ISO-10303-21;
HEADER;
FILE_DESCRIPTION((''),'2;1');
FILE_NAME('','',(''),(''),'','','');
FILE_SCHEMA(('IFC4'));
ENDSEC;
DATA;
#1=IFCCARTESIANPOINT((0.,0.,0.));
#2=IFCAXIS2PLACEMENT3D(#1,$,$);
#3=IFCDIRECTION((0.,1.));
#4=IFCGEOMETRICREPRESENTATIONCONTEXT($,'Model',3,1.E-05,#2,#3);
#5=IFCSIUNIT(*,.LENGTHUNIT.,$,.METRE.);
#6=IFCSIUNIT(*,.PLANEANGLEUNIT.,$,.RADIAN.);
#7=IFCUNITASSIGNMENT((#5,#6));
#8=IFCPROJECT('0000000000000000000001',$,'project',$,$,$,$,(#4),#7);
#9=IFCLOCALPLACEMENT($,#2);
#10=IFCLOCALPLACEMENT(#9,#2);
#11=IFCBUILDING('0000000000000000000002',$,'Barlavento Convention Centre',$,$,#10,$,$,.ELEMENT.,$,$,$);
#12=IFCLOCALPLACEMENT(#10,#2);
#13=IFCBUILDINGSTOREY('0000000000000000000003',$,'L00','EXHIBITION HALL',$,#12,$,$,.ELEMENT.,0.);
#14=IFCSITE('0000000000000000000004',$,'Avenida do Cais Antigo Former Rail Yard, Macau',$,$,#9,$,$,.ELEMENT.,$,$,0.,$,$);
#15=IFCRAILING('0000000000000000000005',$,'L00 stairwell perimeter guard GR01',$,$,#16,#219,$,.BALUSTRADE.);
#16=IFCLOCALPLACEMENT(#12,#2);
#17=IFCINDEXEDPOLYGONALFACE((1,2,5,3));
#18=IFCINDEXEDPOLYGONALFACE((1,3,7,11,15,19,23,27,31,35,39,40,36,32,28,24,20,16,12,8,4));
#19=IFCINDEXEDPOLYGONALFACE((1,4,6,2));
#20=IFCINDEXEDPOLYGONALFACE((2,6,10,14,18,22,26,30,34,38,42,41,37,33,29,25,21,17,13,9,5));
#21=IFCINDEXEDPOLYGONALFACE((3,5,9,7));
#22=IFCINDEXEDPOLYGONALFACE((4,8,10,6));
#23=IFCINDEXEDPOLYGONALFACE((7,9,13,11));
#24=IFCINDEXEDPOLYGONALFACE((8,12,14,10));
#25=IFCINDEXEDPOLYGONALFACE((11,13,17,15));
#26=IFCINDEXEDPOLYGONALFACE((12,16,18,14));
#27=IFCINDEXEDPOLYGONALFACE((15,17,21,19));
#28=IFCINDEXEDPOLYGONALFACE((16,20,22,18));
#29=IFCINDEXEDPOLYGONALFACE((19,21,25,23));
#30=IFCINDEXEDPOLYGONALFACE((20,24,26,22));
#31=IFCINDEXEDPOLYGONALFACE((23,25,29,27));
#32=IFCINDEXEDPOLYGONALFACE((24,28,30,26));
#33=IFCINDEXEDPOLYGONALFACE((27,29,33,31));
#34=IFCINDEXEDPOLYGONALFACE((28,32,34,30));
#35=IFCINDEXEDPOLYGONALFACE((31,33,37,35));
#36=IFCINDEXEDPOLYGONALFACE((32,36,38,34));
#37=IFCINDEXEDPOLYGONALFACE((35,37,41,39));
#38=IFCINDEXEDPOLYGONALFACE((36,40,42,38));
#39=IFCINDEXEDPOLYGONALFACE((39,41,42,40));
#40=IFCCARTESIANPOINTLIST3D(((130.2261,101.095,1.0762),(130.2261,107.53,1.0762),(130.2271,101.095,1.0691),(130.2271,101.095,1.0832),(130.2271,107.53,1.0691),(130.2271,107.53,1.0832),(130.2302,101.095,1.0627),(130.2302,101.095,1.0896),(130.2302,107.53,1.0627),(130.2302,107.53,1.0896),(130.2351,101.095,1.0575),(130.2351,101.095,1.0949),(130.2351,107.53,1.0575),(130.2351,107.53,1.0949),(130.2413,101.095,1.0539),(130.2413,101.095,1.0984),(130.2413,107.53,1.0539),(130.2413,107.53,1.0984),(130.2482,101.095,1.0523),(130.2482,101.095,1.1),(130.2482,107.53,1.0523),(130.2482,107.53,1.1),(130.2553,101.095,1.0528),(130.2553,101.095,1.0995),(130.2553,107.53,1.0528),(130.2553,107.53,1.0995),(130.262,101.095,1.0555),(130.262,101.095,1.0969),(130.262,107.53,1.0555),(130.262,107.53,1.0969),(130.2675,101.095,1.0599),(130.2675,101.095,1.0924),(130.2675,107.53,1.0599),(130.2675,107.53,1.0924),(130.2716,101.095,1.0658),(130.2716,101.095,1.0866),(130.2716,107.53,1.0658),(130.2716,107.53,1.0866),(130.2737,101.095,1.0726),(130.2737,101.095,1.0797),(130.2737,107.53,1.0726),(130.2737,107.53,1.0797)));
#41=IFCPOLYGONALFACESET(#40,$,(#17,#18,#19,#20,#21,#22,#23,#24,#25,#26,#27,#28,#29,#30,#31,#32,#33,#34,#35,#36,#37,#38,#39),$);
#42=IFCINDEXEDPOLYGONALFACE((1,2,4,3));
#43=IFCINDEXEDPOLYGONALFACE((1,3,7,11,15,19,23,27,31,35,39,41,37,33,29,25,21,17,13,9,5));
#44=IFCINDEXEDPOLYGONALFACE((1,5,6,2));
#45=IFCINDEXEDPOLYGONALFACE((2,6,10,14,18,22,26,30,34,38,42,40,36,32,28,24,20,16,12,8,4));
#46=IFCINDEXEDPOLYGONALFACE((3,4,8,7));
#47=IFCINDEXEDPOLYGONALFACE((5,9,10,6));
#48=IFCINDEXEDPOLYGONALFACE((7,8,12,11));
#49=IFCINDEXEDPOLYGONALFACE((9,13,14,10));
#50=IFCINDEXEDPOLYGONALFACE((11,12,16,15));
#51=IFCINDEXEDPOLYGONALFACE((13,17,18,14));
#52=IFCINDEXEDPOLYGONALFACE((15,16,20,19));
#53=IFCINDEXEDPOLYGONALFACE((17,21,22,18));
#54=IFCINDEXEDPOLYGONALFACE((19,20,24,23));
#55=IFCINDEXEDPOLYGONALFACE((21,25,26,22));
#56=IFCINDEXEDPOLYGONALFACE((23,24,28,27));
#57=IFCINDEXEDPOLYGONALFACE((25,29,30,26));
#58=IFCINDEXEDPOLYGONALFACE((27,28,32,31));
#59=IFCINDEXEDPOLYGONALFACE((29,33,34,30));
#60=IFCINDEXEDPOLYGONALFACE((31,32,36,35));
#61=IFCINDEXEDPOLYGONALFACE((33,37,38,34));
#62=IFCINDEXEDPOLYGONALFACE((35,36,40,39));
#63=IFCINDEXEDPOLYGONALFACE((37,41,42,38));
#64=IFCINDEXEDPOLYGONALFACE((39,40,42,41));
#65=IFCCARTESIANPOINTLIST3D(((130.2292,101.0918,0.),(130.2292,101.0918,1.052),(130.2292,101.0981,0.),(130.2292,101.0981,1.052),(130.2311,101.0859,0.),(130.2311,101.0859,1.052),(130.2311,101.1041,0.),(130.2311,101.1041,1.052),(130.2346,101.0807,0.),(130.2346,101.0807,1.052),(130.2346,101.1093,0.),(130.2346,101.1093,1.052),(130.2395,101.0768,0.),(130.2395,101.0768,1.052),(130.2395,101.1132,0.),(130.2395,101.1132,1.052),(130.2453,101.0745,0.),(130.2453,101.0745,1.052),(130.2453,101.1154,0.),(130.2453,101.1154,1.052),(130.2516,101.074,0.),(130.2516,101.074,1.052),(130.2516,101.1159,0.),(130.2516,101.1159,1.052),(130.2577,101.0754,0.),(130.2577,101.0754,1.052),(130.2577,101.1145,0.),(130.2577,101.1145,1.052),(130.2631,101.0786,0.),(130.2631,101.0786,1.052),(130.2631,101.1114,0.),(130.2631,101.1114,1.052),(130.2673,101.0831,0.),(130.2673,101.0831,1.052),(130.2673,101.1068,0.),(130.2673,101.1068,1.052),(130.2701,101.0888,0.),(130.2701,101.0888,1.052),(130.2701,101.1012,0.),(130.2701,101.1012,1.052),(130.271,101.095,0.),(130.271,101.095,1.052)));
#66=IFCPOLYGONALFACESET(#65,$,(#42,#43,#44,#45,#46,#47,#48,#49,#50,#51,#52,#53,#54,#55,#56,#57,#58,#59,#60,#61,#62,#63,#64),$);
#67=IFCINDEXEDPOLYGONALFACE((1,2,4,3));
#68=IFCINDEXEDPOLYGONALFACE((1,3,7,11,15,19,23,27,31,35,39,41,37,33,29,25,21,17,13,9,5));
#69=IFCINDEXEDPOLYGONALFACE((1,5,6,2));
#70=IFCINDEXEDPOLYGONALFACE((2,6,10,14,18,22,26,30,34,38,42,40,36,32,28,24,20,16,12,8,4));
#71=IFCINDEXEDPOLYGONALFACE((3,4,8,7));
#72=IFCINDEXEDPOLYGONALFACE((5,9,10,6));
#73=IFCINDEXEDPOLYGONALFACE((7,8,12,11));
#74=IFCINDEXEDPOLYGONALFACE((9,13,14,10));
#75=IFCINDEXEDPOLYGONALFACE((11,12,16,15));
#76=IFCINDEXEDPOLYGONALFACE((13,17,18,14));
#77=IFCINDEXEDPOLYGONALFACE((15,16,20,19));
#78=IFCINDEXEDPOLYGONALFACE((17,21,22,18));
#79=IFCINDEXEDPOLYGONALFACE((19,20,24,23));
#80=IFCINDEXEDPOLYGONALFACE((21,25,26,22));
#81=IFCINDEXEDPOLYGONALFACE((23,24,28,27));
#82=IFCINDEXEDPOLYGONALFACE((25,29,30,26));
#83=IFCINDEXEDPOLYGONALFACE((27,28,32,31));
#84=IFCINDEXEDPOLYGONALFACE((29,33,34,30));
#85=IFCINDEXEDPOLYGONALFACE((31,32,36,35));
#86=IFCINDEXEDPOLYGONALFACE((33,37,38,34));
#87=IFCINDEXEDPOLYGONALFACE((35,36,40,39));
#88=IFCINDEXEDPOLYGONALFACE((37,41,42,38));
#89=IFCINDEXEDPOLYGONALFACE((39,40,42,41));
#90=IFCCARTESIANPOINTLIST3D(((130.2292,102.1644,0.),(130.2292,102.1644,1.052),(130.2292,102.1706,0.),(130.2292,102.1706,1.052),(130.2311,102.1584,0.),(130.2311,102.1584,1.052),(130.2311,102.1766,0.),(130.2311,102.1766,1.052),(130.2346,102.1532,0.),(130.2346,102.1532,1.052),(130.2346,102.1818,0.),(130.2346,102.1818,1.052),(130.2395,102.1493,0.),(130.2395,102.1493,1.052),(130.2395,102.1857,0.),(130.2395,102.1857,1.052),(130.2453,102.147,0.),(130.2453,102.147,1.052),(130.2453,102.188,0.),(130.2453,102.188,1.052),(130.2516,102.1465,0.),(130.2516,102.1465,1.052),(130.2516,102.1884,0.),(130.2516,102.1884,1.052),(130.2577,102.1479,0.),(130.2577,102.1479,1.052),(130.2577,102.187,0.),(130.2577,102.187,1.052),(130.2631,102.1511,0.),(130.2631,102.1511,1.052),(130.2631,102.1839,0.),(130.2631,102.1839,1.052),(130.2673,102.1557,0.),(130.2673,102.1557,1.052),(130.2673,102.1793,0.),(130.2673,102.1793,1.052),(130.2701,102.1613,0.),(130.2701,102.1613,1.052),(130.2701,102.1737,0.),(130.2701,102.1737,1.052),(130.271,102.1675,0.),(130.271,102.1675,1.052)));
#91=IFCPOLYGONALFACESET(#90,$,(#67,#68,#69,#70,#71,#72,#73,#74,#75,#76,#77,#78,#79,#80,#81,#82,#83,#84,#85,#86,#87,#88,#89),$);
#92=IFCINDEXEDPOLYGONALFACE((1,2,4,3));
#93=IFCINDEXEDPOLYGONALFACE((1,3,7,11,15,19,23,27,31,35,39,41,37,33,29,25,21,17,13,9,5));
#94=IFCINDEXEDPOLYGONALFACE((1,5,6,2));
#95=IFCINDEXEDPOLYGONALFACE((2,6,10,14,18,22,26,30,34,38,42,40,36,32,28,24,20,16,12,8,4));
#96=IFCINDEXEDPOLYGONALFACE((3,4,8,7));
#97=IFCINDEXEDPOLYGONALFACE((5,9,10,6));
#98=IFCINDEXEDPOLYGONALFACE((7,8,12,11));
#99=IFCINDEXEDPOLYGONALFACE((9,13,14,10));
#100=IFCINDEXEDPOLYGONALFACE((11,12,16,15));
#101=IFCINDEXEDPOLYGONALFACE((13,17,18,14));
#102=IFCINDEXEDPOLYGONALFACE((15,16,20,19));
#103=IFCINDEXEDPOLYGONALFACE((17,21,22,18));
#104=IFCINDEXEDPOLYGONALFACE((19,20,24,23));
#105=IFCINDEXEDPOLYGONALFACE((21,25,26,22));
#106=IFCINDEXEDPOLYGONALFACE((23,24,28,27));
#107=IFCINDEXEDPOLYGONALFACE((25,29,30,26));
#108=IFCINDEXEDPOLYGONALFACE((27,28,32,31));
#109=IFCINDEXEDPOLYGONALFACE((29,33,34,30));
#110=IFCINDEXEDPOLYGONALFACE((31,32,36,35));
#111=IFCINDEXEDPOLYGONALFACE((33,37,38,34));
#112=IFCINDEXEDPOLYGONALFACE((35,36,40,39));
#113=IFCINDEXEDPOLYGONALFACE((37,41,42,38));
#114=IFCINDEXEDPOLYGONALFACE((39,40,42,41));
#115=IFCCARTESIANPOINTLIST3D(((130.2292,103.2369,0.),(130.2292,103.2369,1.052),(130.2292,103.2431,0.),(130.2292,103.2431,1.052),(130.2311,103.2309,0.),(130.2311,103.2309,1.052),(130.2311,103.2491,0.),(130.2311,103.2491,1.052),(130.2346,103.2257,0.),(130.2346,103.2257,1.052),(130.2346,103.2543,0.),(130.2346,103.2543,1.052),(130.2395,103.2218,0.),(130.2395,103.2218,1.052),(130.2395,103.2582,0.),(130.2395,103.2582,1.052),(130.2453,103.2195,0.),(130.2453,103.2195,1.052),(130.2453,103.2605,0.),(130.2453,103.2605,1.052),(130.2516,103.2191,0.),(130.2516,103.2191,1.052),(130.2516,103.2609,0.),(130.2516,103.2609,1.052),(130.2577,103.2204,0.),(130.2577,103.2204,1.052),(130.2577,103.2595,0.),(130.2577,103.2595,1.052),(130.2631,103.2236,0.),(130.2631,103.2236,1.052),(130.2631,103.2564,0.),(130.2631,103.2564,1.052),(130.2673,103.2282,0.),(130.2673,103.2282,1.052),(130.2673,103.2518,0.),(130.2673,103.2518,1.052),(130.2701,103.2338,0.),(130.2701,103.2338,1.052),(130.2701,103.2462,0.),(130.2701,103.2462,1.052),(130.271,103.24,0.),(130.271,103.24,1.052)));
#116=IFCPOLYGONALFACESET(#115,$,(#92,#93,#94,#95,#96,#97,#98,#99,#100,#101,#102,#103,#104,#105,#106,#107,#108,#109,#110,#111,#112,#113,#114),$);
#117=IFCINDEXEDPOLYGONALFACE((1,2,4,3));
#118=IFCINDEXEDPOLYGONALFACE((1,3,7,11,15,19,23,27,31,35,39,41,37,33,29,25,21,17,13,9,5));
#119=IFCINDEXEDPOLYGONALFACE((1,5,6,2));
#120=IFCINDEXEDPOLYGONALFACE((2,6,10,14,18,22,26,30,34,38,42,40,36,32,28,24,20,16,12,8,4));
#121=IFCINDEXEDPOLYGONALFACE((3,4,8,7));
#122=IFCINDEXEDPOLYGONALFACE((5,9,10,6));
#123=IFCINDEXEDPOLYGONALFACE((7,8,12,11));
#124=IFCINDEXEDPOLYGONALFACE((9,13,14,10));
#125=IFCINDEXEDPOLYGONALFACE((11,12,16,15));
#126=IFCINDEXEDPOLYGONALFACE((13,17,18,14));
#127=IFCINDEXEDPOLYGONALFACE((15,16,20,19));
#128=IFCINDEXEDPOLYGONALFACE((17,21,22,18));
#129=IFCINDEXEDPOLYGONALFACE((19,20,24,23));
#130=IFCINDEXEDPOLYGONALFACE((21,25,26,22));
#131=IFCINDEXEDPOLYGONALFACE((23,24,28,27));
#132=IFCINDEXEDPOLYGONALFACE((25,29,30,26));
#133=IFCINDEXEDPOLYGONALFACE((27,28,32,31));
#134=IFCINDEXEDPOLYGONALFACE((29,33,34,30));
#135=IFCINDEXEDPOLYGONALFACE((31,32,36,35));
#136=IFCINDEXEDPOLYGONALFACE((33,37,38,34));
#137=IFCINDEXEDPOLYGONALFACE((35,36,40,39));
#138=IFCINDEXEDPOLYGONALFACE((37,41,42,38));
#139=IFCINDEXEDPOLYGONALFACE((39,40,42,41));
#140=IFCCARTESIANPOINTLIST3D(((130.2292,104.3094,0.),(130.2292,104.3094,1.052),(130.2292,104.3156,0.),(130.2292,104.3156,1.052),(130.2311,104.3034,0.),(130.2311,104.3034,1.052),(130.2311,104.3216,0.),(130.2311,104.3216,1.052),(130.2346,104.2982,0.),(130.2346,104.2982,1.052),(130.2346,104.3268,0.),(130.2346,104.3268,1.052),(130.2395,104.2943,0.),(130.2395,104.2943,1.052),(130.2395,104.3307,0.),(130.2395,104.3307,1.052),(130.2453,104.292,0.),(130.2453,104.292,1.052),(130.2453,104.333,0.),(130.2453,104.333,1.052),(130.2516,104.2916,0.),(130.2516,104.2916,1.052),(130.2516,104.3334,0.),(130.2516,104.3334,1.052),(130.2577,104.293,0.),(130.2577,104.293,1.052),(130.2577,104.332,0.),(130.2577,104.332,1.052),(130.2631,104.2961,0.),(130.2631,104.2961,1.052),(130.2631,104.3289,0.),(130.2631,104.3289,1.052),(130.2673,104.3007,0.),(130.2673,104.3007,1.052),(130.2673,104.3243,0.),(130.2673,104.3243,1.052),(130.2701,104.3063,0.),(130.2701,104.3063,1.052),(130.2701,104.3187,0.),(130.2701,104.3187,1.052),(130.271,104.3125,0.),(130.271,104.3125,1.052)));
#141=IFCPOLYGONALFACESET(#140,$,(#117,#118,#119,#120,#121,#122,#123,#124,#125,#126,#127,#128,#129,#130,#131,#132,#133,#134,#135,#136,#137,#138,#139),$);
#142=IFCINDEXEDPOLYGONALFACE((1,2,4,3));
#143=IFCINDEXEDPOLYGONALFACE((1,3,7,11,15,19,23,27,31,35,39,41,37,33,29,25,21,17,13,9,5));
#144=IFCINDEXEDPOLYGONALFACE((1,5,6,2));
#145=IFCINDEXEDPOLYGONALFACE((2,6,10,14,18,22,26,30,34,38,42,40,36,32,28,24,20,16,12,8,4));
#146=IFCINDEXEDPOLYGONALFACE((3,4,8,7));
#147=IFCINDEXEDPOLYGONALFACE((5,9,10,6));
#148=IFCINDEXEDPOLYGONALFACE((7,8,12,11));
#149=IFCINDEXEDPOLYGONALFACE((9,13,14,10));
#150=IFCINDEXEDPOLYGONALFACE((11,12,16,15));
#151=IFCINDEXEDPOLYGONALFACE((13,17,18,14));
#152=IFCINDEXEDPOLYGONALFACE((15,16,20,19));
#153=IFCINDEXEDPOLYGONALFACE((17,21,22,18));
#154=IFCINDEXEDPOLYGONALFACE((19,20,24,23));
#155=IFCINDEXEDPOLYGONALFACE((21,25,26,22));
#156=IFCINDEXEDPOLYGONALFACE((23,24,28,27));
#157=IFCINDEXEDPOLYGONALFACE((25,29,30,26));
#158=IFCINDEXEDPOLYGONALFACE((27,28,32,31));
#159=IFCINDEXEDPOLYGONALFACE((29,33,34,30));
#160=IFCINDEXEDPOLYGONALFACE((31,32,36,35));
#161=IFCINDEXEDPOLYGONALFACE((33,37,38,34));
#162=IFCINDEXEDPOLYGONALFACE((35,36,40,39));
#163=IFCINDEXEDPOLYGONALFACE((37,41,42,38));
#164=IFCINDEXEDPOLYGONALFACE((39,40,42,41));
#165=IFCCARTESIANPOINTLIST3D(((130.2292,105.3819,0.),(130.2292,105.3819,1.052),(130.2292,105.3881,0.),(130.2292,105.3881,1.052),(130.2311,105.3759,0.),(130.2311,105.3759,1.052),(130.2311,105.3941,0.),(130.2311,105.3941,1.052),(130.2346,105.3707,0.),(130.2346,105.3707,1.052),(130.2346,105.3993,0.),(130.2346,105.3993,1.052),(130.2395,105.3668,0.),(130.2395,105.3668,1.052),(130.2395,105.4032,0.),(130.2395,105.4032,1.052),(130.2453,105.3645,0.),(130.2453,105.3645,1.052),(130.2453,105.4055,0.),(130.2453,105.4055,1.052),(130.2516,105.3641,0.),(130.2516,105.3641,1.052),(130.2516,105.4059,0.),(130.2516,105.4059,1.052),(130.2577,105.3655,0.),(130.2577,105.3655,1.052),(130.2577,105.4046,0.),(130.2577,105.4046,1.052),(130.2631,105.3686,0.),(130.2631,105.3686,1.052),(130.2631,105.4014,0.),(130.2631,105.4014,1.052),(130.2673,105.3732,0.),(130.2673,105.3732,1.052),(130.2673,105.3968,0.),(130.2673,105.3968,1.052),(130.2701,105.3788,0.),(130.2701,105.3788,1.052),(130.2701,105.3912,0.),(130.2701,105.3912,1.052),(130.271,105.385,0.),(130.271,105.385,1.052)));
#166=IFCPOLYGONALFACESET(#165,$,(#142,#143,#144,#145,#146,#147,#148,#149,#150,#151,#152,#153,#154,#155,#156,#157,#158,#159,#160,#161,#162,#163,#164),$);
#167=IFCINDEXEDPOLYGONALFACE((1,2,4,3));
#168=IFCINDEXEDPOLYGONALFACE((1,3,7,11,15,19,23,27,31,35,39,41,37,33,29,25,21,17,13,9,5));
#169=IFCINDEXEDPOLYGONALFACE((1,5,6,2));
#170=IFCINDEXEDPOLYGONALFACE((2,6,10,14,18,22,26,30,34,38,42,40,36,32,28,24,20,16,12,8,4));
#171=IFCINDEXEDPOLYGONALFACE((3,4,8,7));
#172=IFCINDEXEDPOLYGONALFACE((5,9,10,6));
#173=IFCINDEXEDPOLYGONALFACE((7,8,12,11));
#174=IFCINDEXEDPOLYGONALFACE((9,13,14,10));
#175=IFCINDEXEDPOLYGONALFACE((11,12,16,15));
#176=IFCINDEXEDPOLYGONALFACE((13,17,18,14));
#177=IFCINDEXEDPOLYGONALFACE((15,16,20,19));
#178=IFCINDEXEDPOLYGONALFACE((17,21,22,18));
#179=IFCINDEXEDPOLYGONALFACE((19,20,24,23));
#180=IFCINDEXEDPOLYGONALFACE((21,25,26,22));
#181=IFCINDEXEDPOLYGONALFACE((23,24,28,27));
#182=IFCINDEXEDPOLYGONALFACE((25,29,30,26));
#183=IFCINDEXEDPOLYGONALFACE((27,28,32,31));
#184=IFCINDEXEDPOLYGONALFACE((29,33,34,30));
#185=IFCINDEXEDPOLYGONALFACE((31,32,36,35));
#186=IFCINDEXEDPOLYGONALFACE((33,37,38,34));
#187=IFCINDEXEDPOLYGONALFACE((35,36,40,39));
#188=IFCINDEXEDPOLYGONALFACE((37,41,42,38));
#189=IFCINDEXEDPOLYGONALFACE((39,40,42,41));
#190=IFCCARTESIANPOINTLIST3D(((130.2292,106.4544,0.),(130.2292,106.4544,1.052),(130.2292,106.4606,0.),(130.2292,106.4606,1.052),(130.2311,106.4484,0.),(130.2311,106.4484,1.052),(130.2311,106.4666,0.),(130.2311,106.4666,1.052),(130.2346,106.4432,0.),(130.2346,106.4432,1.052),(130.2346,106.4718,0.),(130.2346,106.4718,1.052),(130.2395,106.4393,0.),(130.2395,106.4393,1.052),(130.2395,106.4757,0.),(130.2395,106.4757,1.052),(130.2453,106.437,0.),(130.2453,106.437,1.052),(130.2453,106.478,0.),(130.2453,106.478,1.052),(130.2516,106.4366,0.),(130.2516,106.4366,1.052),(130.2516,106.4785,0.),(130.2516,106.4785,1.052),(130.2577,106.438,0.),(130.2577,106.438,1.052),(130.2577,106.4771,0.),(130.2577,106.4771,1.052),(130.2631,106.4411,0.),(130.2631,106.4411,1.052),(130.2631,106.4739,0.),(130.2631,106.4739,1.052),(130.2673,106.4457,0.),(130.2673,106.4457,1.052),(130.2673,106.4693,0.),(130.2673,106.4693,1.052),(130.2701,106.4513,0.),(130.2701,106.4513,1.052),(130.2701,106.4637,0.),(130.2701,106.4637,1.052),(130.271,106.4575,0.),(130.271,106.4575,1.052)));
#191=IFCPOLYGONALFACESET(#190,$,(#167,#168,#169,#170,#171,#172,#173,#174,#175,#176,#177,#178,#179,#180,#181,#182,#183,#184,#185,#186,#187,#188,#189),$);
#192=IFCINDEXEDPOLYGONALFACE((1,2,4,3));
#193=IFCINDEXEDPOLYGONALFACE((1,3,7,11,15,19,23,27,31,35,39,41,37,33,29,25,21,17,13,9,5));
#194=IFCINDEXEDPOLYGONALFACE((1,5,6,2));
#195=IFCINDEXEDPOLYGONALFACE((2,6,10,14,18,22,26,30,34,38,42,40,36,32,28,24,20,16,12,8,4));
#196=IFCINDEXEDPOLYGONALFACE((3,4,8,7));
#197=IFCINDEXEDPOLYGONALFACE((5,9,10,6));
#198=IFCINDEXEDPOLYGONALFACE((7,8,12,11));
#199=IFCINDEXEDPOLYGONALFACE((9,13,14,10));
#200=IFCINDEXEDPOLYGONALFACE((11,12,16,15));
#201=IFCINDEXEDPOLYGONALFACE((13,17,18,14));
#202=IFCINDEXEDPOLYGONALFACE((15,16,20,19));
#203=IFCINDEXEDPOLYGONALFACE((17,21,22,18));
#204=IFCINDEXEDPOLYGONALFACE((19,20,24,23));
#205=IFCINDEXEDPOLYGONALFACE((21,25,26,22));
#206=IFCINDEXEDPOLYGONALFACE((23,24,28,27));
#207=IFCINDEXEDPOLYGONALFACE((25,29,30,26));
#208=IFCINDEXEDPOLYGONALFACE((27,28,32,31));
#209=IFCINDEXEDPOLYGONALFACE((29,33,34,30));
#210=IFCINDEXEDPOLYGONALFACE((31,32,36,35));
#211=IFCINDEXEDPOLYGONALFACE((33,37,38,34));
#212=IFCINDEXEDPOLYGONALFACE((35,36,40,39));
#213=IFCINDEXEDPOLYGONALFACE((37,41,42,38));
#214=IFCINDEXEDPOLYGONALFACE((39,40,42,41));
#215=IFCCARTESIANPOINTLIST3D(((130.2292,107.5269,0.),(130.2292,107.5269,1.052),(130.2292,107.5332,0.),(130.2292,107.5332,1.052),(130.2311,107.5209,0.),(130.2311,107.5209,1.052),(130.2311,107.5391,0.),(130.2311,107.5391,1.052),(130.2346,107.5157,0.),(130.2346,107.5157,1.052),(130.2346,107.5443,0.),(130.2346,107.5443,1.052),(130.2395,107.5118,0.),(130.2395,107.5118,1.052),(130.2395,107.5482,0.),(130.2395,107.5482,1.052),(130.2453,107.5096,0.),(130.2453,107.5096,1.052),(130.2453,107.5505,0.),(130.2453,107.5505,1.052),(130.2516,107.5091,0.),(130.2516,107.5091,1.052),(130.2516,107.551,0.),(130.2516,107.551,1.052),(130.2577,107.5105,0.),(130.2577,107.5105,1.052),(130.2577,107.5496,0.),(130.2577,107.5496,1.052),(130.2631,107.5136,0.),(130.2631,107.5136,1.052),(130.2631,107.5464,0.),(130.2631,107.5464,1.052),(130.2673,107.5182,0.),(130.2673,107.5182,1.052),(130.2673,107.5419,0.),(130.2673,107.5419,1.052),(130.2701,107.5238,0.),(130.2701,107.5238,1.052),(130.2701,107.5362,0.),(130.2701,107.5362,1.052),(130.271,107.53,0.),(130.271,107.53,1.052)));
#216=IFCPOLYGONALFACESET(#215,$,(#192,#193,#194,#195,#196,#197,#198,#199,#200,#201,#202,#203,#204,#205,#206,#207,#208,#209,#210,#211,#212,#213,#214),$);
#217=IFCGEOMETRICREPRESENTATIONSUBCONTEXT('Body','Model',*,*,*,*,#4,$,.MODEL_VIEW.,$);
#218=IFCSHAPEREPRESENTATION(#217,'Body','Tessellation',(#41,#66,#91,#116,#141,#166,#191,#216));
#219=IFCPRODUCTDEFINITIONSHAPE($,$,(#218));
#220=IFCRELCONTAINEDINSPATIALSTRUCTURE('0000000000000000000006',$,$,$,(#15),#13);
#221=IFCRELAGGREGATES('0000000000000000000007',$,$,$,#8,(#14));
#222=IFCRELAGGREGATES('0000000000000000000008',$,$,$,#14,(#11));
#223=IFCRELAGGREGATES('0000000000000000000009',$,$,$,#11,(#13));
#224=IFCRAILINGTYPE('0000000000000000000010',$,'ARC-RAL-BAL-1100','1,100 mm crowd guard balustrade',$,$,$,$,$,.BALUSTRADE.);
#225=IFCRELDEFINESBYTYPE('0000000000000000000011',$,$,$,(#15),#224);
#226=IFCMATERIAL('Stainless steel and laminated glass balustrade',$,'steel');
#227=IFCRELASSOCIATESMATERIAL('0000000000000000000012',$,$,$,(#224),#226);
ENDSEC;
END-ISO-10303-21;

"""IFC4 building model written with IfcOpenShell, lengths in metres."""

from ifc_helpers import new_model, si_unit, direction, frame, origin, origin_2d, place, context, subcontext, project, spatial, circle, extrude, material, type_object, element, save


model = new_model("IFC4")

# Units and contexts
model_context = context("Model", 3, precision=1e-05, world=origin(), true_north=direction((0.0, 1.0)))
body_context = subcontext(model_context, "Body", "Model", "MODEL_VIEW")
ifc_project = project(units=[si_unit("LENGTHUNIT", "METRE"), si_unit("PLANEANGLEUNIT", "RADIAN")], contexts=[model_context])

# Site, building, storey
site_placement = place(None, origin())
site = spatial("IfcSite", under=ifc_project, at=site_placement, Name="Avenida do Cais Antigo Former Rail Yard, Macau", CompositionType="ELEMENT", RefElevation=0.0)
building_placement = place(site_placement, origin())
building = spatial("IfcBuilding", under=site, at=building_placement, Name="Barlavento Convention Centre", CompositionType="ELEMENT")
storey_placement = place(building_placement, origin())
storey = spatial("IfcBuildingStorey", under=building, at=storey_placement, Name="L00", Description="EXHIBITION HALL", CompositionType="ELEMENT", Elevation=0.0)

# Railing
ifc_material_1 = material(Name="Stainless steel and laminated glass balustrade", Category="steel")
railing_type_1 = type_object("IfcRailingType", Name="ARC-RAL-BAL-1100", Description="1,100 mm crowd guard balustrade", PredefinedType="BALUSTRADE", material=ifc_material_1)
railing_1_placement = place(storey_placement, frame((130.25, 101.095, 0.0)))
element("IfcRailing", 1, at=railing_1_placement, inside=storey, type_object=railing_type_1, Name="L00 stairwell perimeter guard GR01", PredefinedType="BALUSTRADE", context=body_context, shape_type="SweptSolid", body=[
    extrude(circle(Radius=0.0239, at=origin_2d()), frame((0.0, 0.0, 1.0762), z_axis=(0.0, 1.0, 0.0), x_axis=(-1.0, 0.0, 0.0)), (0.0, 0.0, 1.0), 6.4351),
    extrude(circle(Radius=0.021, at=origin_2d()), origin(), (0.0, 0.0, 1.0), 1.052),
    extrude(circle(Radius=0.021, at=origin_2d()), frame((0.0, 1.0725, 0.0)), (0.0, 0.0, 1.0), 1.052),
    extrude(circle(Radius=0.021, at=origin_2d()), frame((0.0, 2.145, 0.0)), (0.0, 0.0, 1.0), 1.052),
    extrude(circle(Radius=0.021, at=origin_2d()), frame((0.0, 3.2175, 0.0)), (0.0, 0.0, 1.0), 1.052),
    extrude(circle(Radius=0.021, at=origin_2d()), frame((0.0, 4.29, 0.0)), (0.0, 0.0, 1.0), 1.052),
    extrude(circle(Radius=0.021, at=origin_2d()), frame((0.0, 5.3625, 0.0)), (0.0, 0.0, 1.0), 1.052),
    extrude(circle(Radius=0.021, at=origin_2d()), frame((0.0, 6.4351, 0.0)), (0.0, 0.0, 1.0), 1.052),
])

save(model, "model.ifc")
